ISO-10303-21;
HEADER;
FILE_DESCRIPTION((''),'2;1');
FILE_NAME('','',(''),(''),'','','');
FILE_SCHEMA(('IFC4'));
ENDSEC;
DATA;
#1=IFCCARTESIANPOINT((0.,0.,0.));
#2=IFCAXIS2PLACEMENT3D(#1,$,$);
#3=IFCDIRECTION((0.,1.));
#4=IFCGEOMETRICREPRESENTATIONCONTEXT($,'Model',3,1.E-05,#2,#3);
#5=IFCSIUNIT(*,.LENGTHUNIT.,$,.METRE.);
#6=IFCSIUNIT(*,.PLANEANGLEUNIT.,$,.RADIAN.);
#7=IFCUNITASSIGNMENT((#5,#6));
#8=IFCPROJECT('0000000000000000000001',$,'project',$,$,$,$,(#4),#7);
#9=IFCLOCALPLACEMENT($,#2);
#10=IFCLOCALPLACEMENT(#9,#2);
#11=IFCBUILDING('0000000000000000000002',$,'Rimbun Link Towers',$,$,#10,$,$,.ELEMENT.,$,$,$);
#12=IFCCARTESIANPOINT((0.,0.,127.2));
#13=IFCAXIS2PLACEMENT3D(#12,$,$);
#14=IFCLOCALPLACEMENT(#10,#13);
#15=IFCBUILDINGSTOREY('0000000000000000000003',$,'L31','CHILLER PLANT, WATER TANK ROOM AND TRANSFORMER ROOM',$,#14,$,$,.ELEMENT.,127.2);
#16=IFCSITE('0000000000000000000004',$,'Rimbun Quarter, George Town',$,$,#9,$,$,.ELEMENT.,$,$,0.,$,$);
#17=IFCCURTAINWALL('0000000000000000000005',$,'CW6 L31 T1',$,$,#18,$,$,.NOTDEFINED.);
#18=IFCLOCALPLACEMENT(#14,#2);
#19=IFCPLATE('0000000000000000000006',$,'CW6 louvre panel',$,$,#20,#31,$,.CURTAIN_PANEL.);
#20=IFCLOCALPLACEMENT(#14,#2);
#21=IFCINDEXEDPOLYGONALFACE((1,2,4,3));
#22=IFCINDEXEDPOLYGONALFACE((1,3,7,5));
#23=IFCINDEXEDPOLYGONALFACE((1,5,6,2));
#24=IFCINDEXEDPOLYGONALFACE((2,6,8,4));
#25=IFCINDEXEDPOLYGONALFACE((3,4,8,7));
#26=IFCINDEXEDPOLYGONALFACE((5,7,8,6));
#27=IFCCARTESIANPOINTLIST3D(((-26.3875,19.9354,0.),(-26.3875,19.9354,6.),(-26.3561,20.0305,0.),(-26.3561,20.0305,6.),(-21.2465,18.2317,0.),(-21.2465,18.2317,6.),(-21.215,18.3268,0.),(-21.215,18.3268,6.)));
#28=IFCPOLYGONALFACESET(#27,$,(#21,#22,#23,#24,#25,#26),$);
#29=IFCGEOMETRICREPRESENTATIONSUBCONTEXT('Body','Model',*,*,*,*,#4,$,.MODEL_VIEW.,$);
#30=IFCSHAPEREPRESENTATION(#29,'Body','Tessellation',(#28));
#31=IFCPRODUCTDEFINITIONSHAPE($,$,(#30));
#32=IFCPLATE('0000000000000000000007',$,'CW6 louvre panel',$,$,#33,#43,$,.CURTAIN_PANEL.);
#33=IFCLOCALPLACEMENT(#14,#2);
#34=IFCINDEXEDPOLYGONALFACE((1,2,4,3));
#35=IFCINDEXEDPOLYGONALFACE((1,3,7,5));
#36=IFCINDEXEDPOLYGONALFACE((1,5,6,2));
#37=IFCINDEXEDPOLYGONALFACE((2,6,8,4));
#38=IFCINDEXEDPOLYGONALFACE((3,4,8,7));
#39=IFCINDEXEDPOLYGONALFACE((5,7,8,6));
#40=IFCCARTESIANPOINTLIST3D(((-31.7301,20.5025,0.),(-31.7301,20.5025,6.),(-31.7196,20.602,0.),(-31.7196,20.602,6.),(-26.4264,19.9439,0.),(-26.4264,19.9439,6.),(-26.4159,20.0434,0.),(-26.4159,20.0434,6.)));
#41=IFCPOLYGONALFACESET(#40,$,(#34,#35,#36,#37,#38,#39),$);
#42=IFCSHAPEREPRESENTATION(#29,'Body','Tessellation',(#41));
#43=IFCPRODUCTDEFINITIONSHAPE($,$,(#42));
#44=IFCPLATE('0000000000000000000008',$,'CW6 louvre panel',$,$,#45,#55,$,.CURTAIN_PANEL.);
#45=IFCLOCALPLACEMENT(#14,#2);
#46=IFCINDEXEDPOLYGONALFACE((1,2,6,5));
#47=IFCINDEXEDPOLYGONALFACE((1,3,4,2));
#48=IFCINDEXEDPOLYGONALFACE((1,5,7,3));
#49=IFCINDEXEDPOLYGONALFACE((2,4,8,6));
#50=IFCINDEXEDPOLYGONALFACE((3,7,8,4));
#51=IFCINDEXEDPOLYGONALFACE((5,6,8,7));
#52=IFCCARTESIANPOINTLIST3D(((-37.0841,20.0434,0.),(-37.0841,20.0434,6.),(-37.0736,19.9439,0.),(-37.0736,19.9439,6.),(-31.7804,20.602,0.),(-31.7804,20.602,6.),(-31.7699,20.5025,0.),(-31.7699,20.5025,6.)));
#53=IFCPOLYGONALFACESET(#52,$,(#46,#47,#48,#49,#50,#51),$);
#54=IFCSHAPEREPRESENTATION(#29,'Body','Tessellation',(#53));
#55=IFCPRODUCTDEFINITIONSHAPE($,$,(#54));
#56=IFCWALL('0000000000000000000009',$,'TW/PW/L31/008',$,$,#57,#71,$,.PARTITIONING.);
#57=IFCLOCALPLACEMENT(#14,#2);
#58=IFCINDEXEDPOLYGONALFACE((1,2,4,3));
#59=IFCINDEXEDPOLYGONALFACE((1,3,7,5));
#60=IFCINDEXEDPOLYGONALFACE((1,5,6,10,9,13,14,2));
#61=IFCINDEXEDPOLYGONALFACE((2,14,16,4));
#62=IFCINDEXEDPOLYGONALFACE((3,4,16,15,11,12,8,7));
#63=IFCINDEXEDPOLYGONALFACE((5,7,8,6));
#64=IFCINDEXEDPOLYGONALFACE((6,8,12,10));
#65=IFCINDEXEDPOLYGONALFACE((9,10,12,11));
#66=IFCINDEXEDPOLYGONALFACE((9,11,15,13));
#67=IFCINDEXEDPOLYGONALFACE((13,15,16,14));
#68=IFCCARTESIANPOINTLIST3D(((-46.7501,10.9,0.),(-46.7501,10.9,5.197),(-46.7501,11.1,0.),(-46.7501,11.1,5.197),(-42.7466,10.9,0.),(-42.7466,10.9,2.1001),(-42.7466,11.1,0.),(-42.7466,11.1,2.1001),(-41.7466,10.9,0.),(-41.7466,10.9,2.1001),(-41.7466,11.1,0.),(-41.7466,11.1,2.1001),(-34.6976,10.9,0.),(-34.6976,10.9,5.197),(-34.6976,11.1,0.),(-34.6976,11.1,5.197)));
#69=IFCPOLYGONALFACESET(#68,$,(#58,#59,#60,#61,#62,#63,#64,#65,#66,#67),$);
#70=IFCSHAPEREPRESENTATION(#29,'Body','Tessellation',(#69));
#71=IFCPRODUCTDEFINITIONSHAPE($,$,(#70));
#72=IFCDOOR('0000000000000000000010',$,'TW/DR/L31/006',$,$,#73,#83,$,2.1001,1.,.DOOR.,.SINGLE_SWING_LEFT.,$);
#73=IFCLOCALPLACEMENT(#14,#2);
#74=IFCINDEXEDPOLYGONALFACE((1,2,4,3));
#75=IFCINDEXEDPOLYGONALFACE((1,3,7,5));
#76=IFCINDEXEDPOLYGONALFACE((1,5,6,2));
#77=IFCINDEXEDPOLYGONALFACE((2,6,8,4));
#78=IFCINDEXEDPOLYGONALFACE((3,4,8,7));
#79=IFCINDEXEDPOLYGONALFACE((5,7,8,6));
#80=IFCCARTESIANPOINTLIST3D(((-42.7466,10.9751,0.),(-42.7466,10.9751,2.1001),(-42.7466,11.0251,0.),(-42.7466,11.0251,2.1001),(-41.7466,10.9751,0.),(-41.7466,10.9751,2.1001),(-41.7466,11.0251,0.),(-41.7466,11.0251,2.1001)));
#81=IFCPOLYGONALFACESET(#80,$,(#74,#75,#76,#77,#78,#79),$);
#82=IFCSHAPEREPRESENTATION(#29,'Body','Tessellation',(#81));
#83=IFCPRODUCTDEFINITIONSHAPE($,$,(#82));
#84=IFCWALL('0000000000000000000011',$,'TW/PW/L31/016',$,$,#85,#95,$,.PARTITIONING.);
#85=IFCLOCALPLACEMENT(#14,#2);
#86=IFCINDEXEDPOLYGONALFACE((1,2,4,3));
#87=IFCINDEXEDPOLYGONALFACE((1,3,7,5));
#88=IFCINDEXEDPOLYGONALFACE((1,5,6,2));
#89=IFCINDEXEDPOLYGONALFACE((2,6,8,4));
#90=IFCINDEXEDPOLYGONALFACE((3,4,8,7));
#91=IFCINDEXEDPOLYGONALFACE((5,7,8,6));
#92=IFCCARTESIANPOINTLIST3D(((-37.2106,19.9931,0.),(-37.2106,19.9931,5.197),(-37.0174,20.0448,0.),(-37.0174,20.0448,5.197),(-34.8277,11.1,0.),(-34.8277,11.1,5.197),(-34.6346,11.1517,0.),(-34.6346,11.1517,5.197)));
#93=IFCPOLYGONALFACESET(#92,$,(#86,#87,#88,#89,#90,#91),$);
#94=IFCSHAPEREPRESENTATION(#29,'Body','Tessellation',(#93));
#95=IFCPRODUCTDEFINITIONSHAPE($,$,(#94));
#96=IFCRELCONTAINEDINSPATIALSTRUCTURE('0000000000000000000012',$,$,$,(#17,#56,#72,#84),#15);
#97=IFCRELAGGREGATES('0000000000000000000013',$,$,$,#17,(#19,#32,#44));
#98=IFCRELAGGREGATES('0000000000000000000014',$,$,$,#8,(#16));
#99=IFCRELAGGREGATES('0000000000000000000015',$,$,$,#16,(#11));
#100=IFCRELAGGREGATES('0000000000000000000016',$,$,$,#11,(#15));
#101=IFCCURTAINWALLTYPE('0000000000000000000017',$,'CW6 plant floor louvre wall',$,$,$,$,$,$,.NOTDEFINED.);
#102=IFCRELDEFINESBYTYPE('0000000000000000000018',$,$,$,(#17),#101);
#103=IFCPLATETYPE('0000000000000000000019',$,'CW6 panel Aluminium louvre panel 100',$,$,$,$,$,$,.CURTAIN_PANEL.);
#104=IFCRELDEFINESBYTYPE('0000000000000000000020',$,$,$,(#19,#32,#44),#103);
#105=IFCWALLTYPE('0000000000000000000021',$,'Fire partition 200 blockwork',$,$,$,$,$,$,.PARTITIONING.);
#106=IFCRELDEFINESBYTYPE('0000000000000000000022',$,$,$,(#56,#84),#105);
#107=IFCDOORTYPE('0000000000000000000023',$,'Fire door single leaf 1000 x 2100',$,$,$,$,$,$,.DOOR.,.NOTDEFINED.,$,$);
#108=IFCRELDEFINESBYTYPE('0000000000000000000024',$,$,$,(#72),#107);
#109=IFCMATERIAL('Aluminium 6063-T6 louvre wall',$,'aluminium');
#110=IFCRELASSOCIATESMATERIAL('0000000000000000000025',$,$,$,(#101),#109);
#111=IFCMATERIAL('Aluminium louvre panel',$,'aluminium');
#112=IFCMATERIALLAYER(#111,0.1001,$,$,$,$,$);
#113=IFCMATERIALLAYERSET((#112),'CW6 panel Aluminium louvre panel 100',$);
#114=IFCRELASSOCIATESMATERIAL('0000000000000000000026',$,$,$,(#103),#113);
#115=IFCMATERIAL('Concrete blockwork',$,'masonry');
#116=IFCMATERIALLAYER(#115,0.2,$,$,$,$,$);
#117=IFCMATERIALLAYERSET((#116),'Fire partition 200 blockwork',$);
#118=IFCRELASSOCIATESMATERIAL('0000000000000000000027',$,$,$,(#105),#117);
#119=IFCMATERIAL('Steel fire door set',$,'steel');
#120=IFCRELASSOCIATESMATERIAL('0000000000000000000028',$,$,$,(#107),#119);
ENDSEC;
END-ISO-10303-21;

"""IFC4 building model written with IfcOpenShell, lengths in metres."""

from ifc_helpers import new_model, si_unit, direction, frame, frame_2d, origin, origin_2d, place, context, subcontext, project, spatial, rectangle, extrude, material, layer, layer_set, type_object, element, fill, aggregate, save


model = new_model("IFC4")

# Units and contexts
model_context = context("Model", 3, precision=1e-05, world=origin(), true_north=direction((0.0, 1.0)))
body_context = subcontext(model_context, "Body", "Model", "MODEL_VIEW")
ifc_project = project(units=[si_unit("LENGTHUNIT", "METRE"), si_unit("PLANEANGLEUNIT", "RADIAN")], contexts=[model_context])

# Site, building, storey
site_placement = place(None, origin())
site = spatial("IfcSite", under=ifc_project, at=site_placement, Name="Rimbun Quarter, George Town", CompositionType="ELEMENT", RefElevation=0.0)
building_placement = place(site_placement, origin())
building = spatial("IfcBuilding", under=site, at=building_placement, Name="Rimbun Link Towers", CompositionType="ELEMENT")
storey_placement = place(building_placement, frame((0.0, 0.0, 127.2)))
storey = spatial("IfcBuildingStorey", under=building, at=storey_placement, Name="L31", Description="CHILLER PLANT, WATER TANK ROOM AND TRANSFORMER ROOM", CompositionType="ELEMENT", Elevation=127.2)

# Curtain wall
ifc_material_1 = material(Name="Aluminium 6063-T6 louvre wall", Category="aluminium")
curtain_wall_type = type_object("IfcCurtainWallType", Name="CW6 plant floor louvre wall", PredefinedType="NOTDEFINED", material=ifc_material_1)
curtain_wall_placement = place(storey_placement, origin())
curtain_wall = element("IfcCurtainWall", 1, at=curtain_wall_placement, inside=storey, type_object=curtain_wall_type, Name="CW6 L31 T1", PredefinedType="NOTDEFINED")

# Plates
ifc_material_2 = material(Name="Aluminium louvre panel", Category="aluminium")
ifc_layer_1 = layer(ifc_material_2, 0.1001)
ifc_layer_set_1 = layer_set([ifc_layer_1], Name="CW6 panel Aluminium louvre panel 100")
plate_type = type_object("IfcPlateType", Name="CW6 panel Aluminium louvre panel 100", PredefinedType="CURTAIN_PANEL", material=ifc_layer_set_1)
plate_1_placement = place(storey_placement, frame((-23.8013, 19.1311, 0.0), z_axis=(0.0, 0.0, 1.0), x_axis=(0.949235, -0.314567, 0.0)))
plate_1 = element("IfcPlate", 2, at=plate_1_placement, type_object=plate_type, Name="CW6 louvre panel", PredefinedType="CURTAIN_PANEL", context=body_context, shape_type="SweptSolid", body=[
    extrude(rectangle(XDim=5.416, YDim=0.1001, at=origin_2d()), origin(), (0.0, 0.0, 1.0), 6.0),
])
plate_2_placement = place(storey_placement, frame((-29.073, 20.2729, 0.0), z_axis=(0.0, 0.0, 1.0), x_axis=(0.994499, -0.104747, 0.0)))
plate_2 = element("IfcPlate", 3, at=plate_2_placement, type_object=plate_type, Name="CW6 louvre panel", PredefinedType="CURTAIN_PANEL", context=body_context, shape_type="SweptSolid", body=[
    extrude(rectangle(XDim=5.333, YDim=0.1001, at=origin_2d()), origin(), (0.0, 0.0, 1.0), 6.0),
])
plate_3_placement = place(storey_placement, frame((-34.427, 20.2729, 0.0), z_axis=(0.0, 0.0, 1.0), x_axis=(0.994499, 0.104747, 0.0)))
plate_3 = element("IfcPlate", 4, at=plate_3_placement, type_object=plate_type, Name="CW6 louvre panel", PredefinedType="CURTAIN_PANEL", context=body_context, shape_type="SweptSolid", body=[
    extrude(rectangle(XDim=5.333, YDim=0.1001, at=origin_2d()), origin(), (0.0, 0.0, 1.0), 6.0),
])
aggregate(curtain_wall, [plate_1, plate_2, plate_3])

# Wall, opening, door
ifc_material_3 = material(Name="Concrete blockwork", Category="masonry")
ifc_layer_2 = layer(ifc_material_3, 0.2)
ifc_layer_set_2 = layer_set([ifc_layer_2], Name="Fire partition 200 blockwork")
wall_type = type_object("IfcWallType", Name="Fire partition 200 blockwork", PredefinedType="PARTITIONING", material=ifc_layer_set_2)
wall_1_placement = place(storey_placement, frame((-34.6975, 11.0, 0.0), z_axis=(0.0, 0.0, 1.0), x_axis=(-1.0, 0.0, 0.0)))
wall_1 = element("IfcWall", 5, at=wall_1_placement, inside=storey, type_object=wall_type, Name="TW/PW/L31/008", PredefinedType="PARTITIONING", context=body_context, shape_type="SweptSolid", body=[
    extrude(rectangle(XDim=12.0525, YDim=0.2, at=frame_2d((6.0264, 0.0))), origin(), (0.0, 0.0, 1.0), 5.197),
])
opening_placement = place(wall_1_placement, frame((7.0491, 0.0, 0.0)))
opening = element("IfcOpeningElement", 6, at=opening_placement, cuts=wall_1, PredefinedType="OPENING", context=body_context, shape_type="SweptSolid", body=[
    extrude(rectangle(XDim=1.0, YDim=2.1001, at=frame_2d((0.5, 1.05))), frame((0.0, 0.1099, 0.0), z_axis=(0.0, -1.0, 0.0), x_axis=(1.0, 0.0, 0.0)), (0.0, 0.0, 1.0), 0.22),
])
ifc_material_4 = material(Name="Steel fire door set", Category="steel")
door_type = type_object("IfcDoorType", Name="Fire door single leaf 1000 x 2100", OperationType="NOTDEFINED", PredefinedType="DOOR", material=ifc_material_4)
door_placement = place(opening_placement, origin())
door = element("IfcDoor", 7, at=door_placement, inside=storey, type_object=door_type, Name="TW/DR/L31/006", OperationType="SINGLE_SWING_LEFT", OverallHeight=2.1001, OverallWidth=1.0, PredefinedType="DOOR", context=body_context, shape_type="SweptSolid", body=[
    extrude(rectangle(XDim=1.0, YDim=2.1001, at=frame_2d((0.5, 1.05))), frame((0.0, 0.0249, 0.0), z_axis=(0.0, -1.0, 0.0), x_axis=(1.0, 0.0, 0.0)), (0.0, 0.0, 1.0), 0.05),
])
fill(opening, door)

# Wall
wall_2_placement = place(storey_placement, frame((-37.114, 20.019, 0.0), z_axis=(0.0, 0.0, 1.0), x_axis=(0.258811, -0.965928, 0.0)))
element("IfcWall", 8, at=wall_2_placement, inside=storey, type_object=wall_type, Name="TW/PW/L31/016", PredefinedType="PARTITIONING", context=body_context, shape_type="SweptSolid", body=[
    extrude(rectangle(XDim=9.2068, YDim=0.2, at=frame_2d((4.6035, 0.0))), origin(), (0.0, 0.0, 1.0), 5.197),
])

save(model, "model.ifc")
